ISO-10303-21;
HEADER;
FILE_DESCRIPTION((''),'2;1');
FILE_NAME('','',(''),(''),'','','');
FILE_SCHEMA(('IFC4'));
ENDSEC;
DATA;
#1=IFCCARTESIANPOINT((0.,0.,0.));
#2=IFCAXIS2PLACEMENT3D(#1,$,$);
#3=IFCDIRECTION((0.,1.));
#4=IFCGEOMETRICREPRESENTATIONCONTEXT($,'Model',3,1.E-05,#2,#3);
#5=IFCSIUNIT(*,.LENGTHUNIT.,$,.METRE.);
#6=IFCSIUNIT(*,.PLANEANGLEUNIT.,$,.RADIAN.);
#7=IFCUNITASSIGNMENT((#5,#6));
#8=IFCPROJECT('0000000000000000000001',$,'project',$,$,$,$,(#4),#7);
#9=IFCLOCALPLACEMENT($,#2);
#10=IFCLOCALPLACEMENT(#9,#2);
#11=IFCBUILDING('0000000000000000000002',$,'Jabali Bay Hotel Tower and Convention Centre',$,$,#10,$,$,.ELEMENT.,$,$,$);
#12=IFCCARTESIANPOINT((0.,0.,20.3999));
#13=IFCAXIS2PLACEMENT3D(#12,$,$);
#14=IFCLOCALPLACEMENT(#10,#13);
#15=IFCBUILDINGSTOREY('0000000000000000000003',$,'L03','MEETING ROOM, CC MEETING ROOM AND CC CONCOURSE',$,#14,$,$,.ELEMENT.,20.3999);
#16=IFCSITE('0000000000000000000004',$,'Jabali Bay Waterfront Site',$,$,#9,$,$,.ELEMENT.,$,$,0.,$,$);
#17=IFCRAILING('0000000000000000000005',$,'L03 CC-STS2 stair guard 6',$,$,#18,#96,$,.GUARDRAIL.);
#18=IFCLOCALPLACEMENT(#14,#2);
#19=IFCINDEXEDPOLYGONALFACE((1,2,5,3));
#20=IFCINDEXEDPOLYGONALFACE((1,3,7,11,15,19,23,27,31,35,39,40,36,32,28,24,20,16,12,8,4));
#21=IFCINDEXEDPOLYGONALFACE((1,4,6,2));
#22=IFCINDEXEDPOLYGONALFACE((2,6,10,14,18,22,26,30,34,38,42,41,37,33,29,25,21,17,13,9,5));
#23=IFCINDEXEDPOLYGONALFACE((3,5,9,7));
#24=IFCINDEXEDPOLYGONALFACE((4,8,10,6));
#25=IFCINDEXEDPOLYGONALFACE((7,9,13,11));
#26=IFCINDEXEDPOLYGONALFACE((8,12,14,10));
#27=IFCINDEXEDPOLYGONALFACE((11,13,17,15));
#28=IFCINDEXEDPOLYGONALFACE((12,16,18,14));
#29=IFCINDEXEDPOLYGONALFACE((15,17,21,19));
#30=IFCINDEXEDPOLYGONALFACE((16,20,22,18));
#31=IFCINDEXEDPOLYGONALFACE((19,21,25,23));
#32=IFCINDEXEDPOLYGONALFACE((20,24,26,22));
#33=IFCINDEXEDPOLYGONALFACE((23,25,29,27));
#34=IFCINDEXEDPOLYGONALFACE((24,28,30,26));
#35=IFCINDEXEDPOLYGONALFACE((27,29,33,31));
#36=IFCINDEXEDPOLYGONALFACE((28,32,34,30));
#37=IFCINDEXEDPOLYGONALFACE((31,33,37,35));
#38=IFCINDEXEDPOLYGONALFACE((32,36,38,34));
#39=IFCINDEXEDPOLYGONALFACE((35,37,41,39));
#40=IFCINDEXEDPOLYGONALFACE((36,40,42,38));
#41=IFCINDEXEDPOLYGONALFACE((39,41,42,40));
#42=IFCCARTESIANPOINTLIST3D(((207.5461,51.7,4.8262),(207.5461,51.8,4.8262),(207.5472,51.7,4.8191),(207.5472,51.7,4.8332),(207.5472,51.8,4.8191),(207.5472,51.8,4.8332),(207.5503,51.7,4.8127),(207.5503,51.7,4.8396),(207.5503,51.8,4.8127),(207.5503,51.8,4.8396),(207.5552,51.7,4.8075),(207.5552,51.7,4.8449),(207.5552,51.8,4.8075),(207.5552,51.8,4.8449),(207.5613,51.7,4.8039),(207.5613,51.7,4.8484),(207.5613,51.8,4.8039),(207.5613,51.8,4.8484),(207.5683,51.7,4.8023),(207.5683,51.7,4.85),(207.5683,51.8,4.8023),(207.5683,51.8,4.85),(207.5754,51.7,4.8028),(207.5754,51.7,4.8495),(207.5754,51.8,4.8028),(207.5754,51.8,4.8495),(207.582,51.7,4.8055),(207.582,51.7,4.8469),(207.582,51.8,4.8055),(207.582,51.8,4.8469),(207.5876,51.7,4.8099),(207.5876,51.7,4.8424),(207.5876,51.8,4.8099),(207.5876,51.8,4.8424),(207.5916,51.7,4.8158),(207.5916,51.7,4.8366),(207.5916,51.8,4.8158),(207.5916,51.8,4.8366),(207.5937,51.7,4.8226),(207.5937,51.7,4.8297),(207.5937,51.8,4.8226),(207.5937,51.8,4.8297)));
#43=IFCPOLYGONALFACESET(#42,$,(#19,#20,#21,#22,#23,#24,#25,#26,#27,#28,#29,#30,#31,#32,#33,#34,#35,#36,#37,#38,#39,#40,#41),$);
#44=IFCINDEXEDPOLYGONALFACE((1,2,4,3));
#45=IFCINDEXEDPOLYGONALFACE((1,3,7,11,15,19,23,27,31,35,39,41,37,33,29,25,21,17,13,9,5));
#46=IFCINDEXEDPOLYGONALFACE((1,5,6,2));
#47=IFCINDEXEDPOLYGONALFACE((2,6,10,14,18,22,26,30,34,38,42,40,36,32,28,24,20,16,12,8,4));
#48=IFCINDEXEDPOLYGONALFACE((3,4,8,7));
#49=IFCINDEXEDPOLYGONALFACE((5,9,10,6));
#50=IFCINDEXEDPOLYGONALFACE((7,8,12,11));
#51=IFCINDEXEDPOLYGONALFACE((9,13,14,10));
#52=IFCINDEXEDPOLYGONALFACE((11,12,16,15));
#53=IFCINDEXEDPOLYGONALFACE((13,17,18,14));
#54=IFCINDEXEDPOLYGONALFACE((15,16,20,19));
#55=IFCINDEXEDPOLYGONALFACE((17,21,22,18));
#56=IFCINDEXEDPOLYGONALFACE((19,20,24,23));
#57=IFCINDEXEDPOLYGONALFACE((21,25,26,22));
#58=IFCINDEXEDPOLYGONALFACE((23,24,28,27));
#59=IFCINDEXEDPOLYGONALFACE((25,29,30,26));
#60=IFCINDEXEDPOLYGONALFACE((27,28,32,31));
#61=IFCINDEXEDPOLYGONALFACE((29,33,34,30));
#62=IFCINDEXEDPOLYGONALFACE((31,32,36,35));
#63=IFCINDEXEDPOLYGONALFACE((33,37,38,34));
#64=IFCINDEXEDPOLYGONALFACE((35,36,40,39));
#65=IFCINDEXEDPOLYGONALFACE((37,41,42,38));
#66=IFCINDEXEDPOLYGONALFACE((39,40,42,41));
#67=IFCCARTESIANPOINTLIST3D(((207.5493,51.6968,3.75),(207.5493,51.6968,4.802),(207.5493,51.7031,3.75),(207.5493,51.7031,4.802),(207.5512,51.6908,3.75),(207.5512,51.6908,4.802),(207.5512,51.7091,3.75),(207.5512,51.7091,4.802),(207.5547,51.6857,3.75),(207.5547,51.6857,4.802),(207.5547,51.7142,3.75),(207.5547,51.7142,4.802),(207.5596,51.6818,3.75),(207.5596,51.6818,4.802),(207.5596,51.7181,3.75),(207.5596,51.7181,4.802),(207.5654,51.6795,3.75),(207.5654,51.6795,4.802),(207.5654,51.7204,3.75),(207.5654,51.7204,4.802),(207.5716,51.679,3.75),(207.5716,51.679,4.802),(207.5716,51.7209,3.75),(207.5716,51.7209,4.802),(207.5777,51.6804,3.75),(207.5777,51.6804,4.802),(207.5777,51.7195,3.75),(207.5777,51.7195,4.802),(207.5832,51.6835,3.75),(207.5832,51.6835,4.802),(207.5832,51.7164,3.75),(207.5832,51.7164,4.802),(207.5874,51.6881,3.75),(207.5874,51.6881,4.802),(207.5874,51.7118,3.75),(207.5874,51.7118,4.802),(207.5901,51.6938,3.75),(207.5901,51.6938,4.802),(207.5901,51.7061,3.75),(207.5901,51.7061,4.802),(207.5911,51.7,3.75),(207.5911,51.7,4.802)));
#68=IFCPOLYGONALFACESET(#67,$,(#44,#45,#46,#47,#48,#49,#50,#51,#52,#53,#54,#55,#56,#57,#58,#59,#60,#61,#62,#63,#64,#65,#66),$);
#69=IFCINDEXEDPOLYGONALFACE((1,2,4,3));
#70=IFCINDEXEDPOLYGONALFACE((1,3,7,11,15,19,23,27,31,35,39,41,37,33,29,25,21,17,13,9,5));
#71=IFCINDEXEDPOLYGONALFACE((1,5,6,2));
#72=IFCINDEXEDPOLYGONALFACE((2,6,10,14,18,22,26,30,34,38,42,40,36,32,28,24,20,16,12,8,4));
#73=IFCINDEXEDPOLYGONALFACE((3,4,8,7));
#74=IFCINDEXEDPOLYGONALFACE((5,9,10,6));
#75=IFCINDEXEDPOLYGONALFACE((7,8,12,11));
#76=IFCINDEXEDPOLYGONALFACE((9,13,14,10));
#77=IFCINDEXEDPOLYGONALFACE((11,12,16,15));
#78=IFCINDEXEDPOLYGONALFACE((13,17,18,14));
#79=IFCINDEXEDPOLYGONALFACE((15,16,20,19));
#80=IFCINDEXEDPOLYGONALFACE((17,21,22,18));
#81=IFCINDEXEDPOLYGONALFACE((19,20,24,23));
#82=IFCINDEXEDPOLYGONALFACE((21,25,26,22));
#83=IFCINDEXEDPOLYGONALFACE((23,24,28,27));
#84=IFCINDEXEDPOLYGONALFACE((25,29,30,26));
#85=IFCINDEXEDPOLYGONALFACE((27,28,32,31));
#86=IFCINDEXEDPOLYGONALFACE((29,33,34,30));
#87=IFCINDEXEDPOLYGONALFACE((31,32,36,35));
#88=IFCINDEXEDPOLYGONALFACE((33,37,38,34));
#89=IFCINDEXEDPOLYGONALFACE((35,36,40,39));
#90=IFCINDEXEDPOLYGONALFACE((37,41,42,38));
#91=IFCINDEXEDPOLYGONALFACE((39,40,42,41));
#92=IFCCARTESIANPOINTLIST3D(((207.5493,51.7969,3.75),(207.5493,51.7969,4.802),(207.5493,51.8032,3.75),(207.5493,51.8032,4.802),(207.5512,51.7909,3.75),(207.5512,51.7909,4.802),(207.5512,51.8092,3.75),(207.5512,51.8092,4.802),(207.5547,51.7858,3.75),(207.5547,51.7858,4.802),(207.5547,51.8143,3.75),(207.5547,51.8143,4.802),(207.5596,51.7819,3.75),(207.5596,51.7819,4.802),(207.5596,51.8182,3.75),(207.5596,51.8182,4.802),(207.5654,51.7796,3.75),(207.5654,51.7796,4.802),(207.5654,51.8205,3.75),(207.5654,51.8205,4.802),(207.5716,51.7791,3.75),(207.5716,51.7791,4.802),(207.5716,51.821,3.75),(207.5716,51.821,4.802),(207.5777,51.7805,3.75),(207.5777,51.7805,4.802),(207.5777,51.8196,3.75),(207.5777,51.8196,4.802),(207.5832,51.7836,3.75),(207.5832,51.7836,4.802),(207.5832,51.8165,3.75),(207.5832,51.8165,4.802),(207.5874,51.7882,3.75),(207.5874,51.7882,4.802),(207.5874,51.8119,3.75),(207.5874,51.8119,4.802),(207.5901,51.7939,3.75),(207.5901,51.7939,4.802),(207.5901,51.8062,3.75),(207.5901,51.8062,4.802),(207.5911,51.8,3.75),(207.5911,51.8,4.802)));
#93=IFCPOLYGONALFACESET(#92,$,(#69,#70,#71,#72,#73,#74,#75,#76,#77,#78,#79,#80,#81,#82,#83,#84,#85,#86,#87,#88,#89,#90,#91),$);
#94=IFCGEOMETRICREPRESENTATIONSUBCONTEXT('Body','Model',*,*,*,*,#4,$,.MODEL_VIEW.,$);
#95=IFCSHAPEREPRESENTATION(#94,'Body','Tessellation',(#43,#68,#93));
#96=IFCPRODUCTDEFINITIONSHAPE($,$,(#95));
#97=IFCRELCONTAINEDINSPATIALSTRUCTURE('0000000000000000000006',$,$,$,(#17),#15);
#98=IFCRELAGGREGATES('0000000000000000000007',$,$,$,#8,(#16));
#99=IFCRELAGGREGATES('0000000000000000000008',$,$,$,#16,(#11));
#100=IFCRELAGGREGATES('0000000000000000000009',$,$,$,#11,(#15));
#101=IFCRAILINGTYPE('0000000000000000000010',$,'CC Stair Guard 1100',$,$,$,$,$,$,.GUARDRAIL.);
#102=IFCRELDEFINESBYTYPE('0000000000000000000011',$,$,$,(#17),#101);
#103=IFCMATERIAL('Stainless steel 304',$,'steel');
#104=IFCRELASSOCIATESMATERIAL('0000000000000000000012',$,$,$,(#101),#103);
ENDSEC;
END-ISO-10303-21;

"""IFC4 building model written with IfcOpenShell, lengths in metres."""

from ifc_helpers import new_model, si_unit, direction, frame, origin, origin_2d, place, context, subcontext, project, spatial, circle, extrude, material, type_object, element, save


model = new_model("IFC4")

# Units and contexts
model_context = context("Model", 3, precision=1e-05, world=origin(), true_north=direction((0.0, 1.0)))
body_context = subcontext(model_context, "Body", "Model", "MODEL_VIEW")
ifc_project = project(units=[si_unit("LENGTHUNIT", "METRE"), si_unit("PLANEANGLEUNIT", "RADIAN")], contexts=[model_context])

# Site, building, storey
site_placement = place(None, origin())
site = spatial("IfcSite", under=ifc_project, at=site_placement, Name="Jabali Bay Waterfront Site", CompositionType="ELEMENT", RefElevation=0.0)
building_placement = place(site_placement, origin())
building = spatial("IfcBuilding", under=site, at=building_placement, Name="Jabali Bay Hotel Tower and Convention Centre", CompositionType="ELEMENT")
storey_placement = place(building_placement, frame((0.0, 0.0, 20.3999)))
storey = spatial("IfcBuildingStorey", under=building, at=storey_placement, Name="L03", Description="MEETING ROOM, CC MEETING ROOM AND CC CONCOURSE", CompositionType="ELEMENT", Elevation=20.3999)

# Railing
ifc_material_1 = material(Name="Stainless steel 304", Category="steel")
railing_type_1 = type_object("IfcRailingType", Name="CC Stair Guard 1100", PredefinedType="GUARDRAIL", material=ifc_material_1)
for number, where, name in (
    (1, (207.5701, 51.7, 3.75), "L03 CC-STS2 stair guard 6"),
):
    element("IfcRailing", number, at=place(storey_placement, frame(where)), inside=storey, type_object=railing_type_1, Name=name, PredefinedType="GUARDRAIL", context=body_context, shape_type="SweptSolid", body=[
        extrude(circle(Radius=0.0239, at=origin_2d()), frame((0.0, 0.0, 1.0762), z_axis=(0.0, 1.0, 0.0), x_axis=(-1.0, 0.0, 0.0)), (0.0, 0.0, 1.0), 0.1001),
        extrude(circle(Radius=0.021, at=origin_2d()), origin(), (0.0, 0.0, 1.0), 1.052),
        extrude(circle(Radius=0.021, at=origin_2d()), frame((0.0, 0.1001, 0.0)), (0.0, 0.0, 1.0), 1.052),
    ])

save(model, "model.ifc")
